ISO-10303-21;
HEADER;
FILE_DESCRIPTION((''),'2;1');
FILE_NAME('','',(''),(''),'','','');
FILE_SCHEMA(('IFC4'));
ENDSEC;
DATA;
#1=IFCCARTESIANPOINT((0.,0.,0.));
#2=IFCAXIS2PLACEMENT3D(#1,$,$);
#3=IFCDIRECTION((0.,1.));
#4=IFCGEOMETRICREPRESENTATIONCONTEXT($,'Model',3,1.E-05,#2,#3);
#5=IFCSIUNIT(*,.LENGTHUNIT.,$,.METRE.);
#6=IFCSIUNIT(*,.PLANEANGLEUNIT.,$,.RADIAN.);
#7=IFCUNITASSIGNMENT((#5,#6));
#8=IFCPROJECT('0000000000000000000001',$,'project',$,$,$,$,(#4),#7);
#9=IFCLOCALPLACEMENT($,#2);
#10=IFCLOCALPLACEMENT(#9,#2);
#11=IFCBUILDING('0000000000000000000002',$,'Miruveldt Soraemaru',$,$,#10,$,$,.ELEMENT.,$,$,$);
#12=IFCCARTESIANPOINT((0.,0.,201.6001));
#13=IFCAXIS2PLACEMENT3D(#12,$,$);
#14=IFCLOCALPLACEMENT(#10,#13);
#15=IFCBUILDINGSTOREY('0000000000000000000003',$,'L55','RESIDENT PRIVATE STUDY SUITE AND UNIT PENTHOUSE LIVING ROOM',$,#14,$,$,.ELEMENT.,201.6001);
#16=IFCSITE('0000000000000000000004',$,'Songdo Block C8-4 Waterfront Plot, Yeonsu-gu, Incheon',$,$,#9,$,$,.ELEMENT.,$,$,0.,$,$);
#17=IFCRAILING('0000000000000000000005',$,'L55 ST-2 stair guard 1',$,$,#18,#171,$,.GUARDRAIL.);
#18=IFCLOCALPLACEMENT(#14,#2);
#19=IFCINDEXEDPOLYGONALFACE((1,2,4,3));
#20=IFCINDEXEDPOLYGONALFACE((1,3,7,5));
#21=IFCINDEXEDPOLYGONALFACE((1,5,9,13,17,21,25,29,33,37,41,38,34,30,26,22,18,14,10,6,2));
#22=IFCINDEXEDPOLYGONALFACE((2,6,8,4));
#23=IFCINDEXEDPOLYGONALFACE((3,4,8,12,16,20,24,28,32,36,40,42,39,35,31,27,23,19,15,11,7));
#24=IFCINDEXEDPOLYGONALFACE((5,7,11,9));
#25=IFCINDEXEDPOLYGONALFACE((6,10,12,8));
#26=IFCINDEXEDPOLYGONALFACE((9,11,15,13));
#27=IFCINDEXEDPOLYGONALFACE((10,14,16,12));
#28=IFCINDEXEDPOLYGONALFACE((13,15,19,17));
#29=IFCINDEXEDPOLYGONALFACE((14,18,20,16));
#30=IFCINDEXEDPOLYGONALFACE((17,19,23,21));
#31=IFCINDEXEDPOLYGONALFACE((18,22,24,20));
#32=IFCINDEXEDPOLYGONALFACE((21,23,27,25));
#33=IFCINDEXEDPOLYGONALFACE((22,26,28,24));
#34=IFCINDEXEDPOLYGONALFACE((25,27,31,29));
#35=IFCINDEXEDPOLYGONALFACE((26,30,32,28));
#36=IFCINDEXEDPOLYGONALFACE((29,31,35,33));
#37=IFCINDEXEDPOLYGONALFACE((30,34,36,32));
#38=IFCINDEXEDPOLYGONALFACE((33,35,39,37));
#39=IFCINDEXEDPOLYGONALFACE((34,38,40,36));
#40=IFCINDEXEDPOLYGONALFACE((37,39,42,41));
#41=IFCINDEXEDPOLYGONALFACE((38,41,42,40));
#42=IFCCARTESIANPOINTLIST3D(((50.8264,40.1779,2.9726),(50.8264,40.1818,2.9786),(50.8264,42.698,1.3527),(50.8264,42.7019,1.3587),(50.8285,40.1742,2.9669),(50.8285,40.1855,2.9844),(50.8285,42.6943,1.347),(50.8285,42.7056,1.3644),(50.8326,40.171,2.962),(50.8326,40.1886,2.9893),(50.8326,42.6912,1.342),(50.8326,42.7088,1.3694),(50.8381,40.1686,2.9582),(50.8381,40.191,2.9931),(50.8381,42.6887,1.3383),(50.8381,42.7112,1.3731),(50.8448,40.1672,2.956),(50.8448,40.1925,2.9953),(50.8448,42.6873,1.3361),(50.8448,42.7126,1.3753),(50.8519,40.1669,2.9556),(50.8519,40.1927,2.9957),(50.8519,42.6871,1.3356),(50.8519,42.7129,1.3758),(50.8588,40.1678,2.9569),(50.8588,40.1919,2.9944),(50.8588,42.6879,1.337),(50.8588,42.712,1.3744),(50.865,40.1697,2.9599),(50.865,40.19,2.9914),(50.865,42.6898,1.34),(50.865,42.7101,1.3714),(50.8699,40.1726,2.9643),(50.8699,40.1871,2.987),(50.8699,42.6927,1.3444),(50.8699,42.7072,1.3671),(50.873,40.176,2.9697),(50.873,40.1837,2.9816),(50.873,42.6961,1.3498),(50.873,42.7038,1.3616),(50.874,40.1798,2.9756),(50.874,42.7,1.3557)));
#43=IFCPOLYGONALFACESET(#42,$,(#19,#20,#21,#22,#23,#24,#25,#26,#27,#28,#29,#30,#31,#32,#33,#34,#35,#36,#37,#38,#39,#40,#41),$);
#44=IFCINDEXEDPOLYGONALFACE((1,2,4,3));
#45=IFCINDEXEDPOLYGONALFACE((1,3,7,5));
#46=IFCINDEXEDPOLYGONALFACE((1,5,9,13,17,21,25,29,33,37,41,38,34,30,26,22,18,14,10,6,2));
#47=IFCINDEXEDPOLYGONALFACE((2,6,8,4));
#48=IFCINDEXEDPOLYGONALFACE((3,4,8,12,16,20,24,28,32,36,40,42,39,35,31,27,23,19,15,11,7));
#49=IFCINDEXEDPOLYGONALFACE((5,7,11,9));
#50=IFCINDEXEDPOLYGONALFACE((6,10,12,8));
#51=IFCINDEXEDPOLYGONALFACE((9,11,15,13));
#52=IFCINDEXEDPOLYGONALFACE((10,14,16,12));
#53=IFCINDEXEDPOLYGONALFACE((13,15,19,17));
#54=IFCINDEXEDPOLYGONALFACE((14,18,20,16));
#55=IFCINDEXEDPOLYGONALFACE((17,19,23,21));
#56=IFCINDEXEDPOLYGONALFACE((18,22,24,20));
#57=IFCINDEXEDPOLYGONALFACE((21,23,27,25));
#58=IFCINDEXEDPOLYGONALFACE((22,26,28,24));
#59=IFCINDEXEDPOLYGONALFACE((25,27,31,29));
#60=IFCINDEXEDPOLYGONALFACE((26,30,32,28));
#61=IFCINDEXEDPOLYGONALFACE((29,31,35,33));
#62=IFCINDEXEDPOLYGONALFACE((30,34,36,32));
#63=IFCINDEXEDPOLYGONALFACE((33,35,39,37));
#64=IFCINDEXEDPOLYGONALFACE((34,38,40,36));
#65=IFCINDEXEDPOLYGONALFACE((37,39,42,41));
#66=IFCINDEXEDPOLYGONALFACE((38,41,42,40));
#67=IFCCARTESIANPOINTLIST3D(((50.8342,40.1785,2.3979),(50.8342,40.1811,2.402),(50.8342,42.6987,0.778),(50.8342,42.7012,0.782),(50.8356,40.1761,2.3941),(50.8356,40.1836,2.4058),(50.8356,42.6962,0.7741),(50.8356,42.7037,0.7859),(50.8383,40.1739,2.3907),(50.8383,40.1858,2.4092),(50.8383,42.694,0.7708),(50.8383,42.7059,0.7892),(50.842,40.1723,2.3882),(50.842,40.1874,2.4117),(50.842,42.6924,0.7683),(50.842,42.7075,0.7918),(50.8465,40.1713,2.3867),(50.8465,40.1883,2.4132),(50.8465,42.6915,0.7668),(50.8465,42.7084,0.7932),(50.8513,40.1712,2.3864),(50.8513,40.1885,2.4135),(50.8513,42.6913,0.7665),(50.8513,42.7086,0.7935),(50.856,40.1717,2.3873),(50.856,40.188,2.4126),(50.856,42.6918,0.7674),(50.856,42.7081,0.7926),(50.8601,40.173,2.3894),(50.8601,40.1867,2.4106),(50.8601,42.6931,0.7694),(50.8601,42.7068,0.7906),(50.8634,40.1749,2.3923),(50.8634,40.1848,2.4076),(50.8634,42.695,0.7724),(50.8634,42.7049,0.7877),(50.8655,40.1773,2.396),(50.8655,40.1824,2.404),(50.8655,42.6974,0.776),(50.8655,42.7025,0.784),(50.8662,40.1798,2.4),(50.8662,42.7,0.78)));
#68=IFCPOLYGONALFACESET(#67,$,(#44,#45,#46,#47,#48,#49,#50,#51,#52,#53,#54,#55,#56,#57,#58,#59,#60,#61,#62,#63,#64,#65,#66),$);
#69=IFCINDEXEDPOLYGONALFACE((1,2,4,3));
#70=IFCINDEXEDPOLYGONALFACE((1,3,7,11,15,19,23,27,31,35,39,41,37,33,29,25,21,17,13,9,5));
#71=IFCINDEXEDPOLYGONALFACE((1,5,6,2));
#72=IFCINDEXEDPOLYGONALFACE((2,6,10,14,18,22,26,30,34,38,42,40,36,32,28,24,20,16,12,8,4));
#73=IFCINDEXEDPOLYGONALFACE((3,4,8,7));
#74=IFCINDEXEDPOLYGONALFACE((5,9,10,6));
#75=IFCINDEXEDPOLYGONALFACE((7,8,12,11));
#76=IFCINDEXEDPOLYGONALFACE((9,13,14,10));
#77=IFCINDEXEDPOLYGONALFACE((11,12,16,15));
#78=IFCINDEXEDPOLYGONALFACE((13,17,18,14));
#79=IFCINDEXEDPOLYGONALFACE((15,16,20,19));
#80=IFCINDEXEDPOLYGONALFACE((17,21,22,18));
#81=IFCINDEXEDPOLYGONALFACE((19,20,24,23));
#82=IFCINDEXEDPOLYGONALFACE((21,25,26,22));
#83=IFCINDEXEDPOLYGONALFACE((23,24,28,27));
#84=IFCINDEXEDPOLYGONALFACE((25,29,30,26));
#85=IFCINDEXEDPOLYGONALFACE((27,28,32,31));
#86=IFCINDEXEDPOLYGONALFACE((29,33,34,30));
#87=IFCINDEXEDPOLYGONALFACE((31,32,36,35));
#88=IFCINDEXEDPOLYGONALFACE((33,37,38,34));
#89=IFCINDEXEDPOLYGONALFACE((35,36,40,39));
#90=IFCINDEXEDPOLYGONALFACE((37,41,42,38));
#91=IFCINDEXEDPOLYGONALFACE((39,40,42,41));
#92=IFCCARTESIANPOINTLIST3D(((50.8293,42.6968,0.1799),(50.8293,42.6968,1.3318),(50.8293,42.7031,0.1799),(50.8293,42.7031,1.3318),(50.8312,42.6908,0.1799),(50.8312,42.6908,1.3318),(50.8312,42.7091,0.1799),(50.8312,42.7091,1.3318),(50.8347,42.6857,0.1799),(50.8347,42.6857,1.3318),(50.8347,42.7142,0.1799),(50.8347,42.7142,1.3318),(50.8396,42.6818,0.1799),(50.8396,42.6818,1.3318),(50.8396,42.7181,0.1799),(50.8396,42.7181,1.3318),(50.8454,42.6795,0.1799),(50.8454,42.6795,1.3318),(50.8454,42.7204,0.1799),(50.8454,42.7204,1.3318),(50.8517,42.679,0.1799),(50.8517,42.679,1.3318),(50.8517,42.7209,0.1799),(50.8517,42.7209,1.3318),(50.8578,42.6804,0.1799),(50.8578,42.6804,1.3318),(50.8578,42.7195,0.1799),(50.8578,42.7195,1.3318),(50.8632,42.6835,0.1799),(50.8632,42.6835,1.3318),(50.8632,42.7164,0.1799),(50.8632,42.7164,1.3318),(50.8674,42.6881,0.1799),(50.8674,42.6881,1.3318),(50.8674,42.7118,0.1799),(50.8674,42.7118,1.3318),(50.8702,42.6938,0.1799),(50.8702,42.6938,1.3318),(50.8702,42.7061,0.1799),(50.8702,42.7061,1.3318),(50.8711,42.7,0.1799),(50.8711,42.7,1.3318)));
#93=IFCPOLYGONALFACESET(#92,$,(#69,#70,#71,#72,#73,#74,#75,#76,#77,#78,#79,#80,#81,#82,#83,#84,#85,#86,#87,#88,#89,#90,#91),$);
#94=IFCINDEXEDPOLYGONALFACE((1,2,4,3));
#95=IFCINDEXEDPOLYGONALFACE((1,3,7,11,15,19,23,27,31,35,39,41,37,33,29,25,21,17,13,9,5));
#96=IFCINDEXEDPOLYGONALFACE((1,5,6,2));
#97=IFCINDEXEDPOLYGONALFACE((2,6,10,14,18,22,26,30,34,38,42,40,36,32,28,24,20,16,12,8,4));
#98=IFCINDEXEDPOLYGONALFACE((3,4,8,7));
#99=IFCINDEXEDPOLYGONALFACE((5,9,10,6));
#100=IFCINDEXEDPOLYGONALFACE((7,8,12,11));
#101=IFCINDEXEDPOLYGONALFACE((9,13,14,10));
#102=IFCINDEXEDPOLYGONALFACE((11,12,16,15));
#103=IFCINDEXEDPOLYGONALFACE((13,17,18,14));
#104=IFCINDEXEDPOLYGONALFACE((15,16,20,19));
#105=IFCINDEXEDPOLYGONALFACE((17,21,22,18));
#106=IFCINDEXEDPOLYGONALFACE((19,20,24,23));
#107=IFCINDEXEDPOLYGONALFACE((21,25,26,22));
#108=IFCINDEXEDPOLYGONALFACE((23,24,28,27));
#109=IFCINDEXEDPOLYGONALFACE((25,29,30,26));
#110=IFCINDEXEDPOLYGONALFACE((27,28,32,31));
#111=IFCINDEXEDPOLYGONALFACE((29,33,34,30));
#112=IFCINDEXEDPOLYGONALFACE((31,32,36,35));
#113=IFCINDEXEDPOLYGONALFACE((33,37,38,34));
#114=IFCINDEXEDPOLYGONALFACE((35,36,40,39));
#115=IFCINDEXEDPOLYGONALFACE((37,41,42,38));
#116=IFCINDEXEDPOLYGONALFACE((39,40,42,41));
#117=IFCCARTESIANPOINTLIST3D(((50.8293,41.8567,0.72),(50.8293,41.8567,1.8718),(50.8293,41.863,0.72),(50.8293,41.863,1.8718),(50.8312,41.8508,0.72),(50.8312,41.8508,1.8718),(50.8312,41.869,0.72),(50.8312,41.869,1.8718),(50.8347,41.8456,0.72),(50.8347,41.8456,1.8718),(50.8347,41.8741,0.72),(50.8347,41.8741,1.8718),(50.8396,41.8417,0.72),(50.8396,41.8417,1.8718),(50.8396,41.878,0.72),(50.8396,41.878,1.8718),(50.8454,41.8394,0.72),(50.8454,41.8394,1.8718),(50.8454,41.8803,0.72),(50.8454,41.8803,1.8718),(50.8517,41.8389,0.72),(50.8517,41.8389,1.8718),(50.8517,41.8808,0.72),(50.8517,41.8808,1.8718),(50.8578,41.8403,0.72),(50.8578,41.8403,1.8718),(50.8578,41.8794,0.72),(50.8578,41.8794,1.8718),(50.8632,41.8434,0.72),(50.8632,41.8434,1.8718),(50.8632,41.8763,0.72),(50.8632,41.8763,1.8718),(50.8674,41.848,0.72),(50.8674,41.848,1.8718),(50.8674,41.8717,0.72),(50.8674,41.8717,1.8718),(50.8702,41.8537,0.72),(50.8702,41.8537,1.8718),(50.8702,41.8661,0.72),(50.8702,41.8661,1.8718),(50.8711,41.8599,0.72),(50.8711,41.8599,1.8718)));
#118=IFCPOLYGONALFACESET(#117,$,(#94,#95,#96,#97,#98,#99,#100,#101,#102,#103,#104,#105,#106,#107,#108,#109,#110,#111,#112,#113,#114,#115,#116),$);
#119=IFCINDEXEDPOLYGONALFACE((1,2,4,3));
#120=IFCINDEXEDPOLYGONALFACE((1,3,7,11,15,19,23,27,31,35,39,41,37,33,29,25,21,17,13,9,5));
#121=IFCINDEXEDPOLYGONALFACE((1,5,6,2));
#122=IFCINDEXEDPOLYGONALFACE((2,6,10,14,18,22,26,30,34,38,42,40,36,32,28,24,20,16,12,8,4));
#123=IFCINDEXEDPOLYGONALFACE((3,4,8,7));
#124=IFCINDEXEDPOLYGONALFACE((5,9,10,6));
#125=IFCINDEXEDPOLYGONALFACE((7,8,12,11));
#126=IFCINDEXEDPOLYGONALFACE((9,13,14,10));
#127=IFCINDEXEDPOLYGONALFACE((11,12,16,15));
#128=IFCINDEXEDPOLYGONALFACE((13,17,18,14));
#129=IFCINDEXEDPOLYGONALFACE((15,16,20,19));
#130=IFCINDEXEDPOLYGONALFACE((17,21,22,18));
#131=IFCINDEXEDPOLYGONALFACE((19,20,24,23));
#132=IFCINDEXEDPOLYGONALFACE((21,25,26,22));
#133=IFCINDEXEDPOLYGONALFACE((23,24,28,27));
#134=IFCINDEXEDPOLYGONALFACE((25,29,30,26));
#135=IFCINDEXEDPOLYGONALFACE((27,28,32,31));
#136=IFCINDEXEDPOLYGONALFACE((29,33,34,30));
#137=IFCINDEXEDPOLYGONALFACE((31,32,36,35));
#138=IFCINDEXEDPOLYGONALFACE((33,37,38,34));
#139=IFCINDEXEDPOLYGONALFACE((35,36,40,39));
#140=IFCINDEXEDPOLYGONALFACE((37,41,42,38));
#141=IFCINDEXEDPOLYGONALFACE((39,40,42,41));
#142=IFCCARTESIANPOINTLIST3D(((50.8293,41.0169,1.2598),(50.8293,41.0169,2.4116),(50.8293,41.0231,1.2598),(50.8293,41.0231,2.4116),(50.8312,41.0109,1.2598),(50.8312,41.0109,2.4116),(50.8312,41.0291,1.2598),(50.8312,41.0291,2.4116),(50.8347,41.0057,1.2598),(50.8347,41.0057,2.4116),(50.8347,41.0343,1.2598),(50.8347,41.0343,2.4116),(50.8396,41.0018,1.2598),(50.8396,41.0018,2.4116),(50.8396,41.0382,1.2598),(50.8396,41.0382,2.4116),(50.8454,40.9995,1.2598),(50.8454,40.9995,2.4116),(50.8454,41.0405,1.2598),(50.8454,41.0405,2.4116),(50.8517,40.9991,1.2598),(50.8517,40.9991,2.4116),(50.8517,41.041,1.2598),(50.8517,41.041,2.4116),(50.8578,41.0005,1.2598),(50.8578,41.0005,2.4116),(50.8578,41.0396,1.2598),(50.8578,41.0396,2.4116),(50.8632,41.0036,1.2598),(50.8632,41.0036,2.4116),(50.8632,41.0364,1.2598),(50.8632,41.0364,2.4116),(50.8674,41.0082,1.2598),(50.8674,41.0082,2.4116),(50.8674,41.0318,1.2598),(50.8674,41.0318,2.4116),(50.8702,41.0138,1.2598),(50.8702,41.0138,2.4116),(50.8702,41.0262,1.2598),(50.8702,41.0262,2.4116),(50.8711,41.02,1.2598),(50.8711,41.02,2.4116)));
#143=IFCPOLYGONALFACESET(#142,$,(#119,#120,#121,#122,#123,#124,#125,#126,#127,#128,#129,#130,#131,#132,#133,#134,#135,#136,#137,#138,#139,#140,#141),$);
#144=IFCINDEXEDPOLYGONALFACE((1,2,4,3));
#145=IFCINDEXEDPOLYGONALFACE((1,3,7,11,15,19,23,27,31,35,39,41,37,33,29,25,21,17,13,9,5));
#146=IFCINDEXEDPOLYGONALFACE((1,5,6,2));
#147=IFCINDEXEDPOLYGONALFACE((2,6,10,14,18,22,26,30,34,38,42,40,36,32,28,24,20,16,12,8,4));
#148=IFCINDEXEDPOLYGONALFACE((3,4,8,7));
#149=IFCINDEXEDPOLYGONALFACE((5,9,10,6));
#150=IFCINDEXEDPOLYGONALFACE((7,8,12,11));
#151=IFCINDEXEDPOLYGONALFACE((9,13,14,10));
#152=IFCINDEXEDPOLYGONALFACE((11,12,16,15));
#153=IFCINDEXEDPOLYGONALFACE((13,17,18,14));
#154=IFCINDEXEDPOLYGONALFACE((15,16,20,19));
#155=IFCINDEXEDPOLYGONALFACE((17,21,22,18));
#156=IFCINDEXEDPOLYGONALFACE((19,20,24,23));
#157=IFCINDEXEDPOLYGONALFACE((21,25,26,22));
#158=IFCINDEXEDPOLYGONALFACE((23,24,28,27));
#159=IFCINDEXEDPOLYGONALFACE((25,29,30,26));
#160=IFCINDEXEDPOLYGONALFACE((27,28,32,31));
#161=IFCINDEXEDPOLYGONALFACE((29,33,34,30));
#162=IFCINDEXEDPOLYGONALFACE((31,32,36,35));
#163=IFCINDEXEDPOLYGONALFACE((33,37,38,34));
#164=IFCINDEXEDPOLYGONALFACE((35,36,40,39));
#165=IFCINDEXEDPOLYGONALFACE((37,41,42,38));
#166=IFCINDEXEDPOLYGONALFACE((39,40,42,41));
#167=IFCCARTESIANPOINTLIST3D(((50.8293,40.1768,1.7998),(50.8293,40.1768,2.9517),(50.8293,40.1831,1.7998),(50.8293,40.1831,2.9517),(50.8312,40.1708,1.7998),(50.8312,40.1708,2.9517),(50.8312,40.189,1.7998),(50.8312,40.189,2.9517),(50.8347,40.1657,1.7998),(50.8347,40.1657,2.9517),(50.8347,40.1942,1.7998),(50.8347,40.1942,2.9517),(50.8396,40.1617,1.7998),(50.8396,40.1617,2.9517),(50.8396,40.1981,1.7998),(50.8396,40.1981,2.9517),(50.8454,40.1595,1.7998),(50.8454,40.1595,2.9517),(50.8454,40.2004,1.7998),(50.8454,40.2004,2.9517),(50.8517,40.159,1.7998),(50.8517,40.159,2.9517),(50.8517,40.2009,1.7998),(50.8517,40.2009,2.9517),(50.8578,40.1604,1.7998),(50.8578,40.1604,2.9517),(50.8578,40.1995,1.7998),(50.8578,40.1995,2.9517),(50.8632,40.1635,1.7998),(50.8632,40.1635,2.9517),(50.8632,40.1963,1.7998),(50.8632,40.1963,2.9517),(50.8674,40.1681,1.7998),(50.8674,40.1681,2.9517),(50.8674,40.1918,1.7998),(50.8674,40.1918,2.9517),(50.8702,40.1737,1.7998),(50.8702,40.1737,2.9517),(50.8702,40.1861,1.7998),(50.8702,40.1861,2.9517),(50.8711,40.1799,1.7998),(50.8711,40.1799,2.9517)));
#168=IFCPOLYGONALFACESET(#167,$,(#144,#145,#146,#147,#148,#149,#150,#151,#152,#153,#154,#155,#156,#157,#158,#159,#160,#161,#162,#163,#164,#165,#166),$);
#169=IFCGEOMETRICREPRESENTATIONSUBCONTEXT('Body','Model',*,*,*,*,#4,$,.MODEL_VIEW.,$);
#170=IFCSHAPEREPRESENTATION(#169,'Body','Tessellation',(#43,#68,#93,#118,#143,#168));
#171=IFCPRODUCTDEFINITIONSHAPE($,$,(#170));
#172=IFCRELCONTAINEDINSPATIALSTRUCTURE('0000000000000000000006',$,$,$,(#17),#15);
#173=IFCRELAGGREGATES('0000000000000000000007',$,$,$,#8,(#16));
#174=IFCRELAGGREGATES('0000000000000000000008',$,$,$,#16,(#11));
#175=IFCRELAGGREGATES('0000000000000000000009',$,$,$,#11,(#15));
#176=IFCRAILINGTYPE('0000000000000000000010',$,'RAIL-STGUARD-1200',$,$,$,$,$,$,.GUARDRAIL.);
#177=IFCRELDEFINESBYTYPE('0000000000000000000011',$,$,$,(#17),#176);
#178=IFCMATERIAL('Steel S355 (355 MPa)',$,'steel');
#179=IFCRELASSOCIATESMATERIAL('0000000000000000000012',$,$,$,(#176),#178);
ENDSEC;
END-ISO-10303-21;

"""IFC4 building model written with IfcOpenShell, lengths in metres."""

from ifc_helpers import new_model, si_unit, direction, frame, origin, origin_2d, place, context, subcontext, project, spatial, circle, extrude, material, type_object, element, save


model = new_model("IFC4")

# Units and contexts
model_context = context("Model", 3, precision=1e-05, world=origin(), true_north=direction((0.0, 1.0)))
body_context = subcontext(model_context, "Body", "Model", "MODEL_VIEW")
ifc_project = project(units=[si_unit("LENGTHUNIT", "METRE"), si_unit("PLANEANGLEUNIT", "RADIAN")], contexts=[model_context])

# Site, building, storey
site_placement = place(None, origin())
site = spatial("IfcSite", under=ifc_project, at=site_placement, Name="Songdo Block C8-4 Waterfront Plot, Yeonsu-gu, Incheon", CompositionType="ELEMENT", RefElevation=0.0)
building_placement = place(site_placement, origin())
building = spatial("IfcBuilding", under=site, at=building_placement, Name="Miruveldt Soraemaru", CompositionType="ELEMENT")
storey_placement = place(building_placement, frame((0.0, 0.0, 201.6001)))
storey = spatial("IfcBuildingStorey", under=building, at=storey_placement, Name="L55", Description="RESIDENT PRIVATE STUDY SUITE AND UNIT PENTHOUSE LIVING ROOM", CompositionType="ELEMENT", Elevation=201.6001)

# Railing
ifc_material_1 = material(Name="Steel S355 (355 MPa)", Category="steel")
railing_type_1 = type_object("IfcRailingType", Name="RAIL-STGUARD-1200", PredefinedType="GUARDRAIL", material=ifc_material_1)
railing_1_placement = place(storey_placement, frame((50.8501, 42.7, 0.1799)))
element("IfcRailing", 1, at=railing_1_placement, inside=storey, type_object=railing_type_1, Name="L55 ST-2 stair guard 1", PredefinedType="GUARDRAIL", context=body_context, shape_type="SweptSolid", body=[
    extrude(circle(Radius=0.0239, at=origin_2d()), frame((0.0, 0.0, 1.1758), z_axis=(0.0, -0.8412, 0.540725), x_axis=(1.0, 0.0, 0.0)), (0.0, 0.0, 1.0), 2.9958),
    extrude(circle(Radius=0.0161, at=origin_2d()), frame((0.0, 0.0, 0.6001), z_axis=(0.0, -0.8412, 0.540725), x_axis=(1.0, 0.0, 0.0)), (0.0, 0.0, 1.0), 2.9958),
    extrude(circle(Radius=0.021, at=origin_2d()), origin(), (0.0, 0.0, 1.0), 1.1519),
    extrude(circle(Radius=0.021, at=origin_2d()), frame((0.0, -0.8401, 0.54)), (0.0, 0.0, 1.0), 1.1519),
    extrude(circle(Radius=0.021, at=origin_2d()), frame((0.0, -1.6799, 1.0798)), (0.0, 0.0, 1.0), 1.1519),
    extrude(circle(Radius=0.021, at=origin_2d()), frame((0.0, -2.52, 1.6199)), (0.0, 0.0, 1.0), 1.1519),
])

save(model, "model.ifc")
